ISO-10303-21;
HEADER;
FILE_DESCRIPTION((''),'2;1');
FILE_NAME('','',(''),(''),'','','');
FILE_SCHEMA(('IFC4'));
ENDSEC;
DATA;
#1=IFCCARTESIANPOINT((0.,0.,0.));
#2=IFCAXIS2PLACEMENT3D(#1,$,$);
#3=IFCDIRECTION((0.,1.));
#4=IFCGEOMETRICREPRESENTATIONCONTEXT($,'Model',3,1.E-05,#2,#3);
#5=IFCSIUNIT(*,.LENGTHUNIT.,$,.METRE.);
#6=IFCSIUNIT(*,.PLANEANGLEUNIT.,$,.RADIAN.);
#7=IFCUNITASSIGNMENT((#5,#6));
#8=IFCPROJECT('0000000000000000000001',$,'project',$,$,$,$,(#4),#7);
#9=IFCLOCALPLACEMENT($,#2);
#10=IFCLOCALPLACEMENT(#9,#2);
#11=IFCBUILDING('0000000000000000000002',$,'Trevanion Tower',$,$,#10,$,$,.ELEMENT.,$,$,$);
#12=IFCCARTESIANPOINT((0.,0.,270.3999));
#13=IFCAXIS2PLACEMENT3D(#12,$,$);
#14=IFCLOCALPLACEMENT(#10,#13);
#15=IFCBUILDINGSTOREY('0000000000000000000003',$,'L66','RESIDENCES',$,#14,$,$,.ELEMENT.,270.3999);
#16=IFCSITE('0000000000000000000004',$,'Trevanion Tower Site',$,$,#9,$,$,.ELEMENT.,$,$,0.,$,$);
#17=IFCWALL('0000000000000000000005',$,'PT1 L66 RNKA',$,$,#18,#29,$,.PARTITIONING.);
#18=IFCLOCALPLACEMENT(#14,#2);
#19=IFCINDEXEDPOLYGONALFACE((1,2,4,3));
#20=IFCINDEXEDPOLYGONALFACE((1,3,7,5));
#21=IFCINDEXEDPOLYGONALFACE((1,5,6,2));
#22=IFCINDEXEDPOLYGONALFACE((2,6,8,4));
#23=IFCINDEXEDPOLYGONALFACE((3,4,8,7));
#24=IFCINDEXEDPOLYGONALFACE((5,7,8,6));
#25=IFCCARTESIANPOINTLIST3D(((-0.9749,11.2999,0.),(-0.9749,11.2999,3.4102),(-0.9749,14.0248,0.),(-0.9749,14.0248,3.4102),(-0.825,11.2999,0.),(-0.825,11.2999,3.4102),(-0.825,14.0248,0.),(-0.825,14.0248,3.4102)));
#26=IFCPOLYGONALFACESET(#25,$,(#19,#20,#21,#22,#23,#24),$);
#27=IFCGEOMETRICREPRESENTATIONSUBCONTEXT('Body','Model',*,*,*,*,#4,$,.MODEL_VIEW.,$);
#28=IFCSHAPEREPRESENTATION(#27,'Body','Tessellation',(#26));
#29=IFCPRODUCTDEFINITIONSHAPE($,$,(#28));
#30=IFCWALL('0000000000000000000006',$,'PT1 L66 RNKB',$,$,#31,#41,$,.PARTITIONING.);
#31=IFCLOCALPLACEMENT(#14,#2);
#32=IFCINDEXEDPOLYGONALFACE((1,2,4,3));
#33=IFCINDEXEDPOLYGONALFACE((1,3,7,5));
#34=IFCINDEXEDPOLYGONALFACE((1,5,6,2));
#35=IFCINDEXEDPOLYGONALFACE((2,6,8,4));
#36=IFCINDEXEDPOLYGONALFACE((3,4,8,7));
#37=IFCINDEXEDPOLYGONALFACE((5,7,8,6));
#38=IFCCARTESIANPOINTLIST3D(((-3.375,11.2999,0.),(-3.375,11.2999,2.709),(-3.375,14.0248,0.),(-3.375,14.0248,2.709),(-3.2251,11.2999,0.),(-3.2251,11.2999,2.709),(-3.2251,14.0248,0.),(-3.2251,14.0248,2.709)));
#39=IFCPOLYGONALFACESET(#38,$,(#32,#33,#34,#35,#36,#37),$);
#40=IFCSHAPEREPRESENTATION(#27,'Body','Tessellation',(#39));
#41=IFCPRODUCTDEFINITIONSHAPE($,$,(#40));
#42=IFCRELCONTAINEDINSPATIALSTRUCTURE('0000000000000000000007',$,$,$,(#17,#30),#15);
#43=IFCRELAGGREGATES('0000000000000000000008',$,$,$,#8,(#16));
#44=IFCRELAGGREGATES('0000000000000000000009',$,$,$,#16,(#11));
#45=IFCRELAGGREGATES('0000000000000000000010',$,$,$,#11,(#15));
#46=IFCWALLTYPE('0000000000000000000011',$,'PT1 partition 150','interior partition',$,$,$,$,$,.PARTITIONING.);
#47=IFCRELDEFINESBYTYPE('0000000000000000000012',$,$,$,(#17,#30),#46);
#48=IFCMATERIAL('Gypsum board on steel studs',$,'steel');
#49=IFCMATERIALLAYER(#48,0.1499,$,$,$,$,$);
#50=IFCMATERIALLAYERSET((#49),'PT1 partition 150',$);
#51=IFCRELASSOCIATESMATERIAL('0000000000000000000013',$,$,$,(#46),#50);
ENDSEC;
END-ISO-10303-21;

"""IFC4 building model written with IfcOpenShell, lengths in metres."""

from ifc_helpers import new_model, si_unit, direction, frame, frame_2d, origin, place, context, subcontext, project, spatial, rectangle, extrude, material, layer, layer_set, type_object, element, save


model = new_model("IFC4")

# Units and contexts
model_context = context("Model", 3, precision=1e-05, world=origin(), true_north=direction((0.0, 1.0)))
body_context = subcontext(model_context, "Body", "Model", "MODEL_VIEW")
ifc_project = project(units=[si_unit("LENGTHUNIT", "METRE"), si_unit("PLANEANGLEUNIT", "RADIAN")], contexts=[model_context])

# Site, building, storey
site_placement = place(None, origin())
site = spatial("IfcSite", under=ifc_project, at=site_placement, Name="Trevanion Tower Site", CompositionType="ELEMENT", RefElevation=0.0)
building_placement = place(site_placement, origin())
building = spatial("IfcBuilding", under=site, at=building_placement, Name="Trevanion Tower", CompositionType="ELEMENT")
storey_placement = place(building_placement, frame((0.0, 0.0, 270.3999)))
storey = spatial("IfcBuildingStorey", under=building, at=storey_placement, Name="L66", Description="RESIDENCES", CompositionType="ELEMENT", Elevation=270.3999)

# Shared definitions
ifc_material_1 = material(Name="Gypsum board on steel studs", Category="steel")
ifc_layer_1 = layer(ifc_material_1, 0.1499)
ifc_layer_set_1 = layer_set([ifc_layer_1], Name="PT1 partition 150")
wall_type_1 = type_object("IfcWallType", Name="PT1 partition 150", Description="interior partition", PredefinedType="PARTITIONING", material=ifc_layer_set_1)

# Walls
wall_1_placement = place(storey_placement, frame((-0.8999, 11.3, 0.0), z_axis=(0.0, 0.0, 1.0), x_axis=(0.0, 1.0, 0.0)))
element("IfcWall", 1, at=wall_1_placement, inside=storey, type_object=wall_type_1, Name="PT1 L66 RNKA", PredefinedType="PARTITIONING", context=body_context, shape_type="SweptSolid", body=[
    extrude(rectangle(XDim=2.7249, YDim=0.1499, at=frame_2d((1.3623, 0.0))), origin(), (0.0, 0.0, 1.0), 3.4102),
])
wall_2_placement = place(storey_placement, frame((-3.3, 11.3, 0.0), z_axis=(0.0, 0.0, 1.0), x_axis=(0.0, 1.0, 0.0)))
element("IfcWall", 2, at=wall_2_placement, inside=storey, type_object=wall_type_1, Name="PT1 L66 RNKB", PredefinedType="PARTITIONING", context=body_context, shape_type="SweptSolid", body=[
    extrude(rectangle(XDim=2.7249, YDim=0.1499, at=frame_2d((1.3623, 0.0))), origin(), (0.0, 0.0, 1.0), 2.709),
])

save(model, "model.ifc")
